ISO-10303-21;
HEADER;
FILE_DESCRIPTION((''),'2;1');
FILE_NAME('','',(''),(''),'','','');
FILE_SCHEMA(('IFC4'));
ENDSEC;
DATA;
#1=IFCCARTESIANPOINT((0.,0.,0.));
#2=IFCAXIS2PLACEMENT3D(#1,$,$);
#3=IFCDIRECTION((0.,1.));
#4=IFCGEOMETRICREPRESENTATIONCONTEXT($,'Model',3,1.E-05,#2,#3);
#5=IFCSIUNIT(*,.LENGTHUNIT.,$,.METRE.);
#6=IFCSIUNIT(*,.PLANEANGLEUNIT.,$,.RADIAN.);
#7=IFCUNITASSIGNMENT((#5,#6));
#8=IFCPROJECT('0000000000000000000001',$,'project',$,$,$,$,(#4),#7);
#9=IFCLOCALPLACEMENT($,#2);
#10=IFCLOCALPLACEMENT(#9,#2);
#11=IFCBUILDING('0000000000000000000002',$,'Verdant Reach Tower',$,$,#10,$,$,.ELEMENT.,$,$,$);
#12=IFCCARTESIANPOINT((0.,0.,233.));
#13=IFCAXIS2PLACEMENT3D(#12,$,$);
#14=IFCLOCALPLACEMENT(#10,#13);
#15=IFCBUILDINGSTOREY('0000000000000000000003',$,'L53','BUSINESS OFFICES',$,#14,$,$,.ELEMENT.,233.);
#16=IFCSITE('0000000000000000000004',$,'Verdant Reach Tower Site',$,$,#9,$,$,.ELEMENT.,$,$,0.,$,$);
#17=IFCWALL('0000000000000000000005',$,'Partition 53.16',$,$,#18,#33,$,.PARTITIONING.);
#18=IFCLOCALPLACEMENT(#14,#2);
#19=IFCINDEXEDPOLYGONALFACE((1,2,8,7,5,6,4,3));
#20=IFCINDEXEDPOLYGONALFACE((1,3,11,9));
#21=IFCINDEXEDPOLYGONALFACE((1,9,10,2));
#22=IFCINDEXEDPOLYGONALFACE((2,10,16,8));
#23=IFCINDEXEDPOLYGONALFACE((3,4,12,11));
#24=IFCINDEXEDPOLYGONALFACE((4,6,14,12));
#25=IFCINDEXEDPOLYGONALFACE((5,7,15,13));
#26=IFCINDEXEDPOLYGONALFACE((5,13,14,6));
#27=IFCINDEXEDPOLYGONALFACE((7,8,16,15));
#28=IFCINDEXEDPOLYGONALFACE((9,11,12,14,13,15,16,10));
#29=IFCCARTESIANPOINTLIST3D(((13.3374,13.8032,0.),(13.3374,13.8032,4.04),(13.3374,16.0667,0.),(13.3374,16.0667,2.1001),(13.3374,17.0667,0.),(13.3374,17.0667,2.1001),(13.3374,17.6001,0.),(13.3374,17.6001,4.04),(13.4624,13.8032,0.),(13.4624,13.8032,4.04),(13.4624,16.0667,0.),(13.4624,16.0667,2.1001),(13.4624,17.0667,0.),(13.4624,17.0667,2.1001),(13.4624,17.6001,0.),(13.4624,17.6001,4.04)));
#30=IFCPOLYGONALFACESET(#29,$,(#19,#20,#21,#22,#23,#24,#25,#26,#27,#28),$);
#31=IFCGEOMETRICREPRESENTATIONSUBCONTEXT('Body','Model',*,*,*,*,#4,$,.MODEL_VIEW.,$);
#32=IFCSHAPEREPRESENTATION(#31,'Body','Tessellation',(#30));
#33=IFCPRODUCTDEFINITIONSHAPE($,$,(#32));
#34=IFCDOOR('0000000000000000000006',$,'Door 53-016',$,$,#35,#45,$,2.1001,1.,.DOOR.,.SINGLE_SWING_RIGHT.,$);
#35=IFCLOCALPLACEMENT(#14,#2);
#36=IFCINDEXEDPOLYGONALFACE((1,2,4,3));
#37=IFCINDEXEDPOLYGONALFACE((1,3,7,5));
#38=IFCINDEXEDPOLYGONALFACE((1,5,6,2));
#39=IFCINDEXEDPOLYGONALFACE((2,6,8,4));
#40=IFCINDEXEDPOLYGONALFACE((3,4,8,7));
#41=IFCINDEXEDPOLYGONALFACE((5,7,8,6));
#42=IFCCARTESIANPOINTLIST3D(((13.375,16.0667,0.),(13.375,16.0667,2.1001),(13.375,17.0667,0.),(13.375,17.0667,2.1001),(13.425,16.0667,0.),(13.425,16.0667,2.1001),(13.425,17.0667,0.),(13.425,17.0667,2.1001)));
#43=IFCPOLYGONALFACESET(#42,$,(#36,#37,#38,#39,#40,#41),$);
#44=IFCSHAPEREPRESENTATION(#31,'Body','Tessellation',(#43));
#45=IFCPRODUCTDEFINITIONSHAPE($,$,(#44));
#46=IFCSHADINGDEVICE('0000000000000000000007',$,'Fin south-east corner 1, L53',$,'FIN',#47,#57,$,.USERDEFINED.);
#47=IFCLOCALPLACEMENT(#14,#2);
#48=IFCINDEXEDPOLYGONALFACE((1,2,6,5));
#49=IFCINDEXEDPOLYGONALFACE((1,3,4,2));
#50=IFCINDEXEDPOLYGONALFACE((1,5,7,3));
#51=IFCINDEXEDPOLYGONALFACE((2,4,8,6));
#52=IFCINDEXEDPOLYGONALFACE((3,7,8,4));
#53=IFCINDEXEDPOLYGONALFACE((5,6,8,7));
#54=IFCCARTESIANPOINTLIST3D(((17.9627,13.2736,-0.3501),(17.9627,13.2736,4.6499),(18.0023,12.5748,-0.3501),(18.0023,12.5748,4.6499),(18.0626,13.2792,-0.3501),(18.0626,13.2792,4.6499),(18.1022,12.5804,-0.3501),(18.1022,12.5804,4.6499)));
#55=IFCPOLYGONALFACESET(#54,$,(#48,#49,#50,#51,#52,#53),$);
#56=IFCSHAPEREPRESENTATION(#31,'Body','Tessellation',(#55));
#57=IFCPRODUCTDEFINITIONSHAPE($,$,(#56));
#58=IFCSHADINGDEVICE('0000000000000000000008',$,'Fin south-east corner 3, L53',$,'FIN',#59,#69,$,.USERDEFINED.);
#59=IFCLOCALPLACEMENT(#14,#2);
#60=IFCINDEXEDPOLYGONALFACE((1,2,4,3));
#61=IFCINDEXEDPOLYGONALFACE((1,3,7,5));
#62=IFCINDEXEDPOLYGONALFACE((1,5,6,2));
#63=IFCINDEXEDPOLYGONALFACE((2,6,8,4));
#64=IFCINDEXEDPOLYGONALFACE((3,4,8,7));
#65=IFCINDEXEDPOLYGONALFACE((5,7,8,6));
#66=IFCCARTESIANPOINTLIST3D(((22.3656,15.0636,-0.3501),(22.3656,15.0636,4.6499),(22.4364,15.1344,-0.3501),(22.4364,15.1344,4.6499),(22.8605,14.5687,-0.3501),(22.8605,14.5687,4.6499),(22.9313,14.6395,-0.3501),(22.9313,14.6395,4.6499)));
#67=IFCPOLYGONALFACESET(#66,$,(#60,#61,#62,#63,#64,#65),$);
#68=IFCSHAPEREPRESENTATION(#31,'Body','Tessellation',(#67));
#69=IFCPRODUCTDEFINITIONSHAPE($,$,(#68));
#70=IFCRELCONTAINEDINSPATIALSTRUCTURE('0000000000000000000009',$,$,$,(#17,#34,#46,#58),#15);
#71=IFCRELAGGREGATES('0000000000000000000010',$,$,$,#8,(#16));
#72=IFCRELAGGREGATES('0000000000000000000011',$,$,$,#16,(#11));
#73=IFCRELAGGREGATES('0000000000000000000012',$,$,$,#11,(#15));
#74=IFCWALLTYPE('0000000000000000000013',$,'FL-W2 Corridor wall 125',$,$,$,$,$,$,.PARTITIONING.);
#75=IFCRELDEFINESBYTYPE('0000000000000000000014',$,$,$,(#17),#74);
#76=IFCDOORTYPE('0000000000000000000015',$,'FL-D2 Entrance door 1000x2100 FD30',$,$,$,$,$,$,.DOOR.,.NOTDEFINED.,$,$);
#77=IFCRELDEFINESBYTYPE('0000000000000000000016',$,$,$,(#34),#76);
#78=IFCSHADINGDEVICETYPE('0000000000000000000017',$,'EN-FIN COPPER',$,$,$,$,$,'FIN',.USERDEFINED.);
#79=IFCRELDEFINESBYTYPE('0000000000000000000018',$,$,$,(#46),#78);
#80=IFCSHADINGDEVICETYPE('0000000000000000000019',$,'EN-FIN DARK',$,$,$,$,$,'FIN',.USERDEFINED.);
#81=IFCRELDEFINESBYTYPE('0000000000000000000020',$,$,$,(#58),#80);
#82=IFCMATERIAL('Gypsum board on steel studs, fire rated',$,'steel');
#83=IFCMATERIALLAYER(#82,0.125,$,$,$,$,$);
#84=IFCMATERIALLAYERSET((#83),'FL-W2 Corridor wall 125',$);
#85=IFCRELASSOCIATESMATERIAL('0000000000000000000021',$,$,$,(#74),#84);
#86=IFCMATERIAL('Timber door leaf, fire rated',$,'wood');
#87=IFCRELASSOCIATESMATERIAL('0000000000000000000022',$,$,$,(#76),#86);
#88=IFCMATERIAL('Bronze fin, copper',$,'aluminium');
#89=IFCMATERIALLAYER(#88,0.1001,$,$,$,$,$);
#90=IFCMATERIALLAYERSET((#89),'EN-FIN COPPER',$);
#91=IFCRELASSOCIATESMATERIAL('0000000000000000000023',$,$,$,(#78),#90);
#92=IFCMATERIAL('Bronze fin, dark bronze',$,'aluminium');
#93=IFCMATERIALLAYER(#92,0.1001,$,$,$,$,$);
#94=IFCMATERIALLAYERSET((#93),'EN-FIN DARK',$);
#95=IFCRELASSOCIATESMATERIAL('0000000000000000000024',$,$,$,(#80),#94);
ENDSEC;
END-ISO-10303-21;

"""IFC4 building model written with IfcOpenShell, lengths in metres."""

from ifc_helpers import new_model, si_unit, direction, frame, frame_2d, origin, origin_2d, place, context, subcontext, project, spatial, rectangle, extrude, material, layer, layer_set, type_object, element, fill, save


model = new_model("IFC4")

# Units and contexts
model_context = context("Model", 3, precision=1e-05, world=origin(), true_north=direction((0.0, 1.0)))
body_context = subcontext(model_context, "Body", "Model", "MODEL_VIEW")
ifc_project = project(units=[si_unit("LENGTHUNIT", "METRE"), si_unit("PLANEANGLEUNIT", "RADIAN")], contexts=[model_context])

# Site, building, storey
site_placement = place(None, origin())
site = spatial("IfcSite", under=ifc_project, at=site_placement, Name="Verdant Reach Tower Site", CompositionType="ELEMENT", RefElevation=0.0)
building_placement = place(site_placement, origin())
building = spatial("IfcBuilding", under=site, at=building_placement, Name="Verdant Reach Tower", CompositionType="ELEMENT")
storey_placement = place(building_placement, frame((0.0, 0.0, 233.0)))
storey = spatial("IfcBuildingStorey", under=building, at=storey_placement, Name="L53", Description="BUSINESS OFFICES", CompositionType="ELEMENT", Elevation=233.0)

# Wall, opening, door
ifc_material_1 = material(Name="Gypsum board on steel studs, fire rated", Category="steel")
ifc_layer_1 = layer(ifc_material_1, 0.125)
ifc_layer_set_1 = layer_set([ifc_layer_1], Name="FL-W2 Corridor wall 125")
wall_type = type_object("IfcWallType", Name="FL-W2 Corridor wall 125", PredefinedType="PARTITIONING", material=ifc_layer_set_1)
wall_placement = place(storey_placement, frame((13.3999, 13.8032, 0.0), z_axis=(0.0, 0.0, 1.0), x_axis=(0.0, 1.0, 0.0)))
wall = element("IfcWall", 1, at=wall_placement, inside=storey, type_object=wall_type, Name="Partition 53.16", PredefinedType="PARTITIONING", context=body_context, shape_type="SweptSolid", body=[
    extrude(rectangle(XDim=3.7969, YDim=0.125, at=frame_2d((1.8984, 0.0))), origin(), (0.0, 0.0, 1.0), 4.04),
])
opening_placement = place(wall_placement, frame((2.2634, 0.0, 0.0)))
opening = element("IfcOpeningElement", 2, at=opening_placement, cuts=wall, PredefinedType="OPENING", context=body_context, shape_type="SweptSolid", body=[
    extrude(rectangle(XDim=1.0, YDim=2.1001, at=frame_2d((0.5, 1.05))), frame((0.0, 0.0725, 0.0), z_axis=(0.0, -1.0, 0.0), x_axis=(1.0, 0.0, 0.0)), (0.0, 0.0, 1.0), 0.145),
])
ifc_material_2 = material(Name="Timber door leaf, fire rated", Category="wood")
door_type = type_object("IfcDoorType", Name="FL-D2 Entrance door 1000x2100 FD30", OperationType="NOTDEFINED", PredefinedType="DOOR", material=ifc_material_2)
door_placement = place(opening_placement, origin())
door = element("IfcDoor", 3, at=door_placement, inside=storey, type_object=door_type, Name="Door 53-016", OperationType="SINGLE_SWING_RIGHT", OverallHeight=2.1001, OverallWidth=1.0, PredefinedType="DOOR", context=body_context, shape_type="SweptSolid", body=[
    extrude(rectangle(XDim=1.0, YDim=2.1001, at=frame_2d((0.5, 1.05))), frame((0.0, 0.0249, 0.0), z_axis=(0.0, -1.0, 0.0), x_axis=(1.0, 0.0, 0.0)), (0.0, 0.0, 1.0), 0.05),
])
fill(opening, door)

# Shading devices
ifc_material_3 = material(Name="Bronze fin, copper", Category="aluminium")
ifc_layer_2 = layer(ifc_material_3, 0.1001)
ifc_layer_set_2 = layer_set([ifc_layer_2], Name="EN-FIN COPPER")
shading_device_type_1 = type_object("IfcShadingDeviceType", Name="EN-FIN COPPER", ElementType="FIN", PredefinedType="USERDEFINED", material=ifc_layer_set_2)
shading_device_1_placement = place(storey_placement, frame((18.0325, 12.927, -0.3501), z_axis=(0.0, 0.0, 1.0), x_axis=(0.998399, 0.056569, 0.0)))
element("IfcShadingDevice", 4, at=shading_device_1_placement, inside=storey, type_object=shading_device_type_1, Name="Fin south-east corner 1, L53", ObjectType="FIN", PredefinedType="USERDEFINED", context=body_context, shape_type="SweptSolid", body=[
    extrude(rectangle(XDim=0.1001, YDim=0.7, at=origin_2d()), origin(), (0.0, 0.0, 1.0), 5.0),
])
ifc_material_4 = material(Name="Bronze fin, dark bronze", Category="aluminium")
ifc_layer_3 = layer(ifc_material_4, 0.1001)
ifc_layer_set_3 = layer_set([ifc_layer_3], Name="EN-FIN DARK")
shading_device_type_2 = type_object("IfcShadingDeviceType", Name="EN-FIN DARK", ElementType="FIN", PredefinedType="USERDEFINED", material=ifc_layer_set_3)
shading_device_2_placement = place(storey_placement, frame((22.6484, 14.8516, -0.3501), z_axis=(0.0, 0.0, 1.0), x_axis=(0.707107, 0.707107, 0.0)))
element("IfcShadingDevice", 5, at=shading_device_2_placement, inside=storey, type_object=shading_device_type_2, Name="Fin south-east corner 3, L53", ObjectType="FIN", PredefinedType="USERDEFINED", context=body_context, shape_type="SweptSolid", body=[
    extrude(rectangle(XDim=0.1001, YDim=0.7, at=origin_2d()), origin(), (0.0, 0.0, 1.0), 5.0),
])

save(model, "model.ifc")
